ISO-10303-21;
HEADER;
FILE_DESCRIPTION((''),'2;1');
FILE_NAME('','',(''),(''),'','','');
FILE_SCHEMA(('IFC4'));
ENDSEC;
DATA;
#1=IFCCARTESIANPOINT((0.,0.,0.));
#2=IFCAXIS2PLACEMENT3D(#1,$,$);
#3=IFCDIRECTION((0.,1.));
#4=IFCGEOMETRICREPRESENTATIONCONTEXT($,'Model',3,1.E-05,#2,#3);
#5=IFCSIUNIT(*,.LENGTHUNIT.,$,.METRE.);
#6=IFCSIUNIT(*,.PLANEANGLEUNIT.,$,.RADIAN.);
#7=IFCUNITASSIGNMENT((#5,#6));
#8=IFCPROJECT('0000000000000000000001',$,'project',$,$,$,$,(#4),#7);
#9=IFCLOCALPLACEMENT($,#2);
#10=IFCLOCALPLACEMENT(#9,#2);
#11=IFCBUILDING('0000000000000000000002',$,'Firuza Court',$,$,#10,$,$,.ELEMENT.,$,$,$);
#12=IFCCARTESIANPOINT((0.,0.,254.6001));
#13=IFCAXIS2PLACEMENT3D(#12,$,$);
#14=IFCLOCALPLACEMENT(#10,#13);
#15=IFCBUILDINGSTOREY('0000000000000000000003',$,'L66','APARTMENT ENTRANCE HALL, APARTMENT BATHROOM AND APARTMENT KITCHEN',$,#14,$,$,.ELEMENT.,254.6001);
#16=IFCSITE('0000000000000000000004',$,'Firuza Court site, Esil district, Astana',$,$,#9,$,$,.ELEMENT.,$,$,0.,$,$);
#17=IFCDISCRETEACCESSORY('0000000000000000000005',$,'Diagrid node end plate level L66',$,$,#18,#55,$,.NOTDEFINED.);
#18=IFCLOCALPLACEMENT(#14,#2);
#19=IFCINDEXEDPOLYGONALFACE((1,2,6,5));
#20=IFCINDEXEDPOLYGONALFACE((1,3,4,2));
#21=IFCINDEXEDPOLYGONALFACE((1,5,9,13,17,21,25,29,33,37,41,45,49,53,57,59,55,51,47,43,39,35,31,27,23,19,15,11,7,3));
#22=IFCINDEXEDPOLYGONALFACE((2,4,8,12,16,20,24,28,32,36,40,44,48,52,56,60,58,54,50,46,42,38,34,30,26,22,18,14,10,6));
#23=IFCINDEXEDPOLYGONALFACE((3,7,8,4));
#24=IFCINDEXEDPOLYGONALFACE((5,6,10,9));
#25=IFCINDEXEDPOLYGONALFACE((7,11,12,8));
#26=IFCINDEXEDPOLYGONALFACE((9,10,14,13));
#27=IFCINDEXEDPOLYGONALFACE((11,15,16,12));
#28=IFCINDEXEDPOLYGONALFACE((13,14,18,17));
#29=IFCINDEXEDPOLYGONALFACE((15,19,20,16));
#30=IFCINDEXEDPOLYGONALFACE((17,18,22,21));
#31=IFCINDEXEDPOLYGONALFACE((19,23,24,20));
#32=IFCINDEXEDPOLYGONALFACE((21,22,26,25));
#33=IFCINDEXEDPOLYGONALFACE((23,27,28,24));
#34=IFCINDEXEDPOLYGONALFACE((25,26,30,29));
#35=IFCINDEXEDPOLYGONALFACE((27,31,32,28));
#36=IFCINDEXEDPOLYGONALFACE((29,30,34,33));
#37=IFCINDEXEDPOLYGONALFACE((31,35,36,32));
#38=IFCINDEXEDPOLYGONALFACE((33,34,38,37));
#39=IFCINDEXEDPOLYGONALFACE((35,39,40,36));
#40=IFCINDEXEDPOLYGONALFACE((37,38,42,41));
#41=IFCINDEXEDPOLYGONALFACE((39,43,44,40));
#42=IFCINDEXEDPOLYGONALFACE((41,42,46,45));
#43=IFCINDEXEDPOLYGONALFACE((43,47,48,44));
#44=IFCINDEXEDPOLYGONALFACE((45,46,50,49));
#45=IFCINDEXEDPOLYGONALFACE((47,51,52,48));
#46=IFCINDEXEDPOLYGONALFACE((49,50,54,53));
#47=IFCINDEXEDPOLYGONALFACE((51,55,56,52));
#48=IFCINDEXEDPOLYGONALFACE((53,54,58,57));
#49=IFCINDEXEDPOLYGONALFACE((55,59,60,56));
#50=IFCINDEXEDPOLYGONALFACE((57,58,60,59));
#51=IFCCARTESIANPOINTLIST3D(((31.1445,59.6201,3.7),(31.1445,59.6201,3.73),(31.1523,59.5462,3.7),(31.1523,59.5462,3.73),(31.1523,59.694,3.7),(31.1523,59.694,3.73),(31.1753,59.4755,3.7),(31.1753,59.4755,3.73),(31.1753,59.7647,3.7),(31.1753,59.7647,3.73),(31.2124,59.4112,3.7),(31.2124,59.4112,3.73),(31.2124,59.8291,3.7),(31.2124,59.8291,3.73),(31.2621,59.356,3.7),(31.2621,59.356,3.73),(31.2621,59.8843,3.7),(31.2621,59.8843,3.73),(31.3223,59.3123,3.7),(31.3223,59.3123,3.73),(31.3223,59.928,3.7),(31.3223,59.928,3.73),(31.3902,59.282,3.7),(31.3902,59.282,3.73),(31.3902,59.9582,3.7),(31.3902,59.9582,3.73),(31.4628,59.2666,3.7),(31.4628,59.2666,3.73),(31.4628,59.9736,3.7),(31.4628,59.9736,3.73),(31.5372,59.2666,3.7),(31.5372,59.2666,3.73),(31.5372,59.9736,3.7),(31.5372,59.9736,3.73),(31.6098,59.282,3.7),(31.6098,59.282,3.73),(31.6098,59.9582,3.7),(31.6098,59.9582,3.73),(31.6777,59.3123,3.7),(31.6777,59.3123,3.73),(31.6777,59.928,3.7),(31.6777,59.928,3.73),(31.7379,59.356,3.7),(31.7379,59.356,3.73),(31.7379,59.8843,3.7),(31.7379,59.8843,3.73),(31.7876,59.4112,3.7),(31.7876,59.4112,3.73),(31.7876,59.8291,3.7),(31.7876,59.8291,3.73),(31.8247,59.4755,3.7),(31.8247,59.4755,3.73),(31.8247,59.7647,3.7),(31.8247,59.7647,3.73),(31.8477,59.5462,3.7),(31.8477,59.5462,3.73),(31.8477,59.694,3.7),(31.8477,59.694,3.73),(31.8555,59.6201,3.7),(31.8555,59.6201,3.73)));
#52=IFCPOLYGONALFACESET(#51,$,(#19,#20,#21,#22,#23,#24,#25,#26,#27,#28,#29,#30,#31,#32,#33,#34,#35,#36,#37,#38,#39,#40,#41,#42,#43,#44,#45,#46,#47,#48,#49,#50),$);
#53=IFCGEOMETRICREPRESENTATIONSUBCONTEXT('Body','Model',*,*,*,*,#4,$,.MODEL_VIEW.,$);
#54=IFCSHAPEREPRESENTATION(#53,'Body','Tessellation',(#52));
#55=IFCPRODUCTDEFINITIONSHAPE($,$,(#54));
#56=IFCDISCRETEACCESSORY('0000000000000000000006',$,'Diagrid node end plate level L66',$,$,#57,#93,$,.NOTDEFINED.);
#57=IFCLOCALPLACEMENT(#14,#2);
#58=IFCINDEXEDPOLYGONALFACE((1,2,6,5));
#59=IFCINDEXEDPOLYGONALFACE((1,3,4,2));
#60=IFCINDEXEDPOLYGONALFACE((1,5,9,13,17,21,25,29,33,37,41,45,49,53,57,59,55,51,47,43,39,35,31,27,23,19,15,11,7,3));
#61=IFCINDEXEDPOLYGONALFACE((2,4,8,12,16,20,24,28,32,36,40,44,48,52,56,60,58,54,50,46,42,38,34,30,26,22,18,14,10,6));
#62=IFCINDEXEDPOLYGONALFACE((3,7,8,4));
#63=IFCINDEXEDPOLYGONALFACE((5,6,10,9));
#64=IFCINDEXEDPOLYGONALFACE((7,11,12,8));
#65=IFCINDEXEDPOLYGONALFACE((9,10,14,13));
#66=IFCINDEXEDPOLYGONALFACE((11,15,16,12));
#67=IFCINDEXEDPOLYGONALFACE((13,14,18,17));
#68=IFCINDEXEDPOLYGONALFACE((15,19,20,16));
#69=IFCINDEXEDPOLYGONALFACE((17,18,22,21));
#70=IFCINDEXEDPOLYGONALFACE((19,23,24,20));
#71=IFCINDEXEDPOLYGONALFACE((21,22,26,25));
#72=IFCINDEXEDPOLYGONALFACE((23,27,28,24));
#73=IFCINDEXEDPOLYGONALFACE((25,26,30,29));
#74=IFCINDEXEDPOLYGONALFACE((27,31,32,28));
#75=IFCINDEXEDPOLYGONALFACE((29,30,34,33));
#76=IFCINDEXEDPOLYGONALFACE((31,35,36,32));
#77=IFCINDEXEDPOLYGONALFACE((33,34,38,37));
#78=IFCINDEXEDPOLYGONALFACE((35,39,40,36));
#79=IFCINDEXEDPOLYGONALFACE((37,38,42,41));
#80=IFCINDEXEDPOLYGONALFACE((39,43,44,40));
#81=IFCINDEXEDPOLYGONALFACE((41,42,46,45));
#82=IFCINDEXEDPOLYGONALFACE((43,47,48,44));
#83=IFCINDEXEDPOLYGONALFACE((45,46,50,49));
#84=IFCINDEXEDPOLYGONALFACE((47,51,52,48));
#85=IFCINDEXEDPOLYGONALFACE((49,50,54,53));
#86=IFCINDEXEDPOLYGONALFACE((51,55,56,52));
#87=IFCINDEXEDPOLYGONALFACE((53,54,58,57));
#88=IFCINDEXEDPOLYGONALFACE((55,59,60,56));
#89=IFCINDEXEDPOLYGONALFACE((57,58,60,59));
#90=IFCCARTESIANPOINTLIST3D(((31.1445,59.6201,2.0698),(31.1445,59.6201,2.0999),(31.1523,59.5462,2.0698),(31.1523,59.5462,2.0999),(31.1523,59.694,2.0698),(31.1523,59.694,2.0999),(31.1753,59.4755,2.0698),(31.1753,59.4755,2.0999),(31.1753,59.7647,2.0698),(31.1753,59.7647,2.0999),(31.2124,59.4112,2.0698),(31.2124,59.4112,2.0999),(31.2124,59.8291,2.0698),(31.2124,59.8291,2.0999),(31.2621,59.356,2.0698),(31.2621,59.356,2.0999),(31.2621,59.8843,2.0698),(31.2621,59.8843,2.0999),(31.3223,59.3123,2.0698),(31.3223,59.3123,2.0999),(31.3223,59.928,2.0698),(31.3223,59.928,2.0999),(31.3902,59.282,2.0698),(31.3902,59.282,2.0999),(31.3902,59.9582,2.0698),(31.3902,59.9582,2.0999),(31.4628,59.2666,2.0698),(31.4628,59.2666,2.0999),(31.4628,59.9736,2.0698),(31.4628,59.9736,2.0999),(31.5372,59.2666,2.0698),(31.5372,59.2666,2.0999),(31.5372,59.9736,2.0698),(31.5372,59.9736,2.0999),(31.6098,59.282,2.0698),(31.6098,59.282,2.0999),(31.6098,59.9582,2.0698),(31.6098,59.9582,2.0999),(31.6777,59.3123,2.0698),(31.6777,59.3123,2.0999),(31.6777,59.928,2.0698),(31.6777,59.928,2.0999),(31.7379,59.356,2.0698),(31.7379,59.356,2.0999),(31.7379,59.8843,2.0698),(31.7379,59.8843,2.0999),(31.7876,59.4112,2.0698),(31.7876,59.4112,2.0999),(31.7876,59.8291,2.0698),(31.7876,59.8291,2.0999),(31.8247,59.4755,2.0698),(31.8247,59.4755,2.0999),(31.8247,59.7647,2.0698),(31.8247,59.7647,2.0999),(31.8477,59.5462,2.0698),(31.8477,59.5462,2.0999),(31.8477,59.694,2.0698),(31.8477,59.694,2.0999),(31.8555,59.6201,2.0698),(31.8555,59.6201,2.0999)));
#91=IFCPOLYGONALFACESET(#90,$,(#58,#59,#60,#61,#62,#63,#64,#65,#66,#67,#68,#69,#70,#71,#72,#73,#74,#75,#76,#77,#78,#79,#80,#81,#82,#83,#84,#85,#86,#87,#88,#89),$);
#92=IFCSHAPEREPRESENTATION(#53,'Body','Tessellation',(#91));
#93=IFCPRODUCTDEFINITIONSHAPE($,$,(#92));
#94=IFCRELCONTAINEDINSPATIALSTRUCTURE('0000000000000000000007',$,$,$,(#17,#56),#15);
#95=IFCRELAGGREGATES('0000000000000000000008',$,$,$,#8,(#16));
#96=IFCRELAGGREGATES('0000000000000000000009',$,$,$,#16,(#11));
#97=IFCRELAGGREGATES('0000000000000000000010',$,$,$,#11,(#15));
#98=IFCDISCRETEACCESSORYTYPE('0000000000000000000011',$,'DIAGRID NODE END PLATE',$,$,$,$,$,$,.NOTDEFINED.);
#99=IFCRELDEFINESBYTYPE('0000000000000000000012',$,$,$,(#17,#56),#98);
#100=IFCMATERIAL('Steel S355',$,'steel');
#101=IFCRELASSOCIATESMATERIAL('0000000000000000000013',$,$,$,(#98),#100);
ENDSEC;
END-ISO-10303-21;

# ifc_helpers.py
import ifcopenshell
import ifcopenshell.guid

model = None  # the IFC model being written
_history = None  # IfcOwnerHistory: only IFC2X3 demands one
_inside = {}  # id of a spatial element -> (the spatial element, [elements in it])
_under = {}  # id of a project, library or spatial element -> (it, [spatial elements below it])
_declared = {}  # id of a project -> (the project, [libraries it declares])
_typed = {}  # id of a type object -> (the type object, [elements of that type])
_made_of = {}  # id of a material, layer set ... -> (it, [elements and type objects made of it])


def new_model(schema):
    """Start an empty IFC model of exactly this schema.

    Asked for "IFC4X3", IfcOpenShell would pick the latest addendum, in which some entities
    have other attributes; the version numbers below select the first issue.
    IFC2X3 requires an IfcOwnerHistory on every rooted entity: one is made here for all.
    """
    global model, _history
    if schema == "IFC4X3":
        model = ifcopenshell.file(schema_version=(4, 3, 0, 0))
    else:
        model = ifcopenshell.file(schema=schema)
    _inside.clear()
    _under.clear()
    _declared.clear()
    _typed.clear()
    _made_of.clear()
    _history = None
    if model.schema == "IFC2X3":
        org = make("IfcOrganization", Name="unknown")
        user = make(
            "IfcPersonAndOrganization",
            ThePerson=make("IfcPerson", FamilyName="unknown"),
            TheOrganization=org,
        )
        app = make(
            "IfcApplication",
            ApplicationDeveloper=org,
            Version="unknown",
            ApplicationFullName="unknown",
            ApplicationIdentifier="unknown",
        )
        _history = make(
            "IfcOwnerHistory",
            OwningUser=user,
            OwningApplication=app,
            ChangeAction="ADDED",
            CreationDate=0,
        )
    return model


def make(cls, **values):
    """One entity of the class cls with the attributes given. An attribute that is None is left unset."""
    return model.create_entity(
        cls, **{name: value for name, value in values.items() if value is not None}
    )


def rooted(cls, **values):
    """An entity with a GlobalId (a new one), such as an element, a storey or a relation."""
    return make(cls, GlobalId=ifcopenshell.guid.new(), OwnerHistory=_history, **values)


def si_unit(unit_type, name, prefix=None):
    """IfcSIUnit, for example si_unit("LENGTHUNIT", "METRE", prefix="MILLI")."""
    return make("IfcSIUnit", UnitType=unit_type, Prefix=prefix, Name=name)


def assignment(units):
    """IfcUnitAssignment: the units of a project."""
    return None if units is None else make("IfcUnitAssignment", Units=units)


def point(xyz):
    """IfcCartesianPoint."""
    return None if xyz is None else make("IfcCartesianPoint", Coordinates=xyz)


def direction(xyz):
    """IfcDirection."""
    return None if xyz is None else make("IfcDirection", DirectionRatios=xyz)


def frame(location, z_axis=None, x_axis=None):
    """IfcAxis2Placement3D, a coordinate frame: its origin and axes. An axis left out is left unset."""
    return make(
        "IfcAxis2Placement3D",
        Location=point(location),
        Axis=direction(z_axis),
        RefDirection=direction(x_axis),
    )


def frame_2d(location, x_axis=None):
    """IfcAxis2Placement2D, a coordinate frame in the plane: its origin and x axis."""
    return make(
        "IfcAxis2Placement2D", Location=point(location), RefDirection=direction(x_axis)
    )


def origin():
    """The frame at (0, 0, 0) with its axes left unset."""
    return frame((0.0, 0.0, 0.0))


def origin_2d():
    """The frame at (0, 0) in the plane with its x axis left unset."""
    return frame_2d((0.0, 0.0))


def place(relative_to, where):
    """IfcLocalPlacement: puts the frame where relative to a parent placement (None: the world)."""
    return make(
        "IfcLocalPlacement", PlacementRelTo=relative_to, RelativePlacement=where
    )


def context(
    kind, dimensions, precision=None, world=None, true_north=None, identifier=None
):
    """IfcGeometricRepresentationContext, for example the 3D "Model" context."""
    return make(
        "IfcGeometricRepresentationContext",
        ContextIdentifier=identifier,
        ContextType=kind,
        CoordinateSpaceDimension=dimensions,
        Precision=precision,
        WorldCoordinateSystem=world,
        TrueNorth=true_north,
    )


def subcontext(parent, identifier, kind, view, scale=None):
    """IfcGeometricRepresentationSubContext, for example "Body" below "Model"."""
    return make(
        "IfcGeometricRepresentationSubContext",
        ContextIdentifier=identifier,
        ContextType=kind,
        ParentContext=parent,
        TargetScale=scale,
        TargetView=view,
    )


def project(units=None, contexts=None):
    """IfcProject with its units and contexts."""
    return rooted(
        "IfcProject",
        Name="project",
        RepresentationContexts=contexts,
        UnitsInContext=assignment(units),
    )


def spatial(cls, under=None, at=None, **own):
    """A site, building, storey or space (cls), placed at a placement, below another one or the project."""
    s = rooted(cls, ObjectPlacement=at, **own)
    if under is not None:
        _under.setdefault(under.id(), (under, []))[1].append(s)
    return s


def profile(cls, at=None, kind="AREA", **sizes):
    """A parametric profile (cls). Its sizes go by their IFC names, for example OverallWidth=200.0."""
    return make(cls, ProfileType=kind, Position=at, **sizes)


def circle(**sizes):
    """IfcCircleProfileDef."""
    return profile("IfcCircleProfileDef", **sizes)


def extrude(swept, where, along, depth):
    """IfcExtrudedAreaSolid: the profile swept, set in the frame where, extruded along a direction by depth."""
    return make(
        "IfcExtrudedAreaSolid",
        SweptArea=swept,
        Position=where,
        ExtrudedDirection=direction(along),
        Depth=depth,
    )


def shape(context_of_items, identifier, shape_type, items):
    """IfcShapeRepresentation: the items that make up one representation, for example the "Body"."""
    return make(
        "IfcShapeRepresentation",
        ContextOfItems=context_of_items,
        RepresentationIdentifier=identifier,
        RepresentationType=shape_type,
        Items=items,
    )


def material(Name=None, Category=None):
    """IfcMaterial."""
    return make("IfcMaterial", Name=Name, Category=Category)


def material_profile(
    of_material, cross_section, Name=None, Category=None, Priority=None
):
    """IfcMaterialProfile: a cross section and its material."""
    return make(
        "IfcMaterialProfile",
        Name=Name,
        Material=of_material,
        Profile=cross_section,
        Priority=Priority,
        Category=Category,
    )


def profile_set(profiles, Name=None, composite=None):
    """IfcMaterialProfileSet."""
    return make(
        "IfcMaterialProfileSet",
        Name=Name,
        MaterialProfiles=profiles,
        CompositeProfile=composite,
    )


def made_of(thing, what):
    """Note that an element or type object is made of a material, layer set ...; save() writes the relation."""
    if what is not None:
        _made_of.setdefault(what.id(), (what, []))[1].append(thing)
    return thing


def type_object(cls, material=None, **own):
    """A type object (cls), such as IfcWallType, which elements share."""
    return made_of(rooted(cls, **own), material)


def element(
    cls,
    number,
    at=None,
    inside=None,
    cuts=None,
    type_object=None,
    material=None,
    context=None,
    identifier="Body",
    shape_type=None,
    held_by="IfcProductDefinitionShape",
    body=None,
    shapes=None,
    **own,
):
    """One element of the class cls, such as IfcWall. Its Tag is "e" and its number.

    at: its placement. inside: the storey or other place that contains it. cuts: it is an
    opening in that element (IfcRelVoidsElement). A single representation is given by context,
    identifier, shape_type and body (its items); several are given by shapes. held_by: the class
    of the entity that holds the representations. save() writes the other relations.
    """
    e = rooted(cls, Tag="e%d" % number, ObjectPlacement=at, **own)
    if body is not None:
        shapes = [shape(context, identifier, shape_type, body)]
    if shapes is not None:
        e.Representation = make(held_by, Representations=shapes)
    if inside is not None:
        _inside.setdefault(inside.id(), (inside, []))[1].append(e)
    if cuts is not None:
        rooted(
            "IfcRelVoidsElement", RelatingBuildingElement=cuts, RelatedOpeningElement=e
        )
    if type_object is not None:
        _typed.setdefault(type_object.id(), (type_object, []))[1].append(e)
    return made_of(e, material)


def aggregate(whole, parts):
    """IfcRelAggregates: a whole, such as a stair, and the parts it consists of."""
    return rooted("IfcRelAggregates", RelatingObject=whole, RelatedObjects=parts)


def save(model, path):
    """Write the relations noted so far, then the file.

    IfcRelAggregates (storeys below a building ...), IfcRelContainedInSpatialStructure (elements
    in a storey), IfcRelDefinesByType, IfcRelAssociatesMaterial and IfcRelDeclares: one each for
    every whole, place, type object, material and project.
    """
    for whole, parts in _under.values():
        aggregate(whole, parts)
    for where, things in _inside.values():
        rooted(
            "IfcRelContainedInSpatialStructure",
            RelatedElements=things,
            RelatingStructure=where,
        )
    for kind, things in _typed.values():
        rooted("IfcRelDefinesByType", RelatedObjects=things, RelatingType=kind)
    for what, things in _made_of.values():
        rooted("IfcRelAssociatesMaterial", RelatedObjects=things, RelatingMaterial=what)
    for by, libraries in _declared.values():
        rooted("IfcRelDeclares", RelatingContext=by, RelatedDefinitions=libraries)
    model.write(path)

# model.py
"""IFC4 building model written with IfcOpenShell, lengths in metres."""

from ifc_helpers import new_model, si_unit, direction, frame, origin, origin_2d, place, context, subcontext, project, spatial, circle, extrude, material, material_profile, profile_set, type_object, element, save


model = new_model("IFC4")

# Units and contexts
model_context = context("Model", 3, precision=1e-05, world=origin(), true_north=direction((0.0, 1.0)))
body_context = subcontext(model_context, "Body", "Model", "MODEL_VIEW")
ifc_project = project(units=[si_unit("LENGTHUNIT", "METRE"), si_unit("PLANEANGLEUNIT", "RADIAN")], contexts=[model_context])

# Site, building, storey
site_placement = place(None, origin())
site = spatial("IfcSite", under=ifc_project, at=site_placement, Name="Firuza Court site, Esil district, Astana", CompositionType="ELEMENT", RefElevation=0.0)
building_placement = place(site_placement, origin())
building = spatial("IfcBuilding", under=site, at=building_placement, Name="Firuza Court", CompositionType="ELEMENT")
storey_placement = place(building_placement, frame((0.0, 0.0, 254.6001)))
storey = spatial("IfcBuildingStorey", under=building, at=storey_placement, Name="L66", Description="APARTMENT ENTRANCE HALL, APARTMENT BATHROOM AND APARTMENT KITCHEN", CompositionType="ELEMENT", Elevation=254.6001)

# Discrete accessories
ifc_material_1 = material(Name="Steel S355", Category="steel")
ifc_material_profile_1 = material_profile(ifc_material_1, circle(Radius=0.3555, at=origin_2d()), Name="PL D711")
ifc_profile_set_1 = profile_set([ifc_material_profile_1], Name="Steel S355")
discrete_accessory_type = type_object("IfcDiscreteAccessoryType", Name="DIAGRID NODE END PLATE", PredefinedType="NOTDEFINED", material=ifc_profile_set_1)
for number, where, z_axis, x_axis, name in (
    (1, (31.5, 59.6201, 3.7), (0.0, 0.0, 1.0), (1.0, 0.0, 0.0), "Diagrid node end plate level L66"),
    (2, (31.5, 59.6201, 2.0698), (0.0, 0.0, 1.0), (1.0, 0.0, 0.0), "Diagrid node end plate level L66"),
):
    element("IfcDiscreteAccessory", number, at=place(storey_placement, frame(where, z_axis=z_axis, x_axis=x_axis)), inside=storey, type_object=discrete_accessory_type, Name=name, PredefinedType="NOTDEFINED", context=body_context, shape_type="SweptSolid", body=[
        extrude(circle(Radius=0.3555, at=origin_2d()), origin(), (0.0, 0.0, 1.0), 0.03),
    ])

save(model, "model.ifc")
